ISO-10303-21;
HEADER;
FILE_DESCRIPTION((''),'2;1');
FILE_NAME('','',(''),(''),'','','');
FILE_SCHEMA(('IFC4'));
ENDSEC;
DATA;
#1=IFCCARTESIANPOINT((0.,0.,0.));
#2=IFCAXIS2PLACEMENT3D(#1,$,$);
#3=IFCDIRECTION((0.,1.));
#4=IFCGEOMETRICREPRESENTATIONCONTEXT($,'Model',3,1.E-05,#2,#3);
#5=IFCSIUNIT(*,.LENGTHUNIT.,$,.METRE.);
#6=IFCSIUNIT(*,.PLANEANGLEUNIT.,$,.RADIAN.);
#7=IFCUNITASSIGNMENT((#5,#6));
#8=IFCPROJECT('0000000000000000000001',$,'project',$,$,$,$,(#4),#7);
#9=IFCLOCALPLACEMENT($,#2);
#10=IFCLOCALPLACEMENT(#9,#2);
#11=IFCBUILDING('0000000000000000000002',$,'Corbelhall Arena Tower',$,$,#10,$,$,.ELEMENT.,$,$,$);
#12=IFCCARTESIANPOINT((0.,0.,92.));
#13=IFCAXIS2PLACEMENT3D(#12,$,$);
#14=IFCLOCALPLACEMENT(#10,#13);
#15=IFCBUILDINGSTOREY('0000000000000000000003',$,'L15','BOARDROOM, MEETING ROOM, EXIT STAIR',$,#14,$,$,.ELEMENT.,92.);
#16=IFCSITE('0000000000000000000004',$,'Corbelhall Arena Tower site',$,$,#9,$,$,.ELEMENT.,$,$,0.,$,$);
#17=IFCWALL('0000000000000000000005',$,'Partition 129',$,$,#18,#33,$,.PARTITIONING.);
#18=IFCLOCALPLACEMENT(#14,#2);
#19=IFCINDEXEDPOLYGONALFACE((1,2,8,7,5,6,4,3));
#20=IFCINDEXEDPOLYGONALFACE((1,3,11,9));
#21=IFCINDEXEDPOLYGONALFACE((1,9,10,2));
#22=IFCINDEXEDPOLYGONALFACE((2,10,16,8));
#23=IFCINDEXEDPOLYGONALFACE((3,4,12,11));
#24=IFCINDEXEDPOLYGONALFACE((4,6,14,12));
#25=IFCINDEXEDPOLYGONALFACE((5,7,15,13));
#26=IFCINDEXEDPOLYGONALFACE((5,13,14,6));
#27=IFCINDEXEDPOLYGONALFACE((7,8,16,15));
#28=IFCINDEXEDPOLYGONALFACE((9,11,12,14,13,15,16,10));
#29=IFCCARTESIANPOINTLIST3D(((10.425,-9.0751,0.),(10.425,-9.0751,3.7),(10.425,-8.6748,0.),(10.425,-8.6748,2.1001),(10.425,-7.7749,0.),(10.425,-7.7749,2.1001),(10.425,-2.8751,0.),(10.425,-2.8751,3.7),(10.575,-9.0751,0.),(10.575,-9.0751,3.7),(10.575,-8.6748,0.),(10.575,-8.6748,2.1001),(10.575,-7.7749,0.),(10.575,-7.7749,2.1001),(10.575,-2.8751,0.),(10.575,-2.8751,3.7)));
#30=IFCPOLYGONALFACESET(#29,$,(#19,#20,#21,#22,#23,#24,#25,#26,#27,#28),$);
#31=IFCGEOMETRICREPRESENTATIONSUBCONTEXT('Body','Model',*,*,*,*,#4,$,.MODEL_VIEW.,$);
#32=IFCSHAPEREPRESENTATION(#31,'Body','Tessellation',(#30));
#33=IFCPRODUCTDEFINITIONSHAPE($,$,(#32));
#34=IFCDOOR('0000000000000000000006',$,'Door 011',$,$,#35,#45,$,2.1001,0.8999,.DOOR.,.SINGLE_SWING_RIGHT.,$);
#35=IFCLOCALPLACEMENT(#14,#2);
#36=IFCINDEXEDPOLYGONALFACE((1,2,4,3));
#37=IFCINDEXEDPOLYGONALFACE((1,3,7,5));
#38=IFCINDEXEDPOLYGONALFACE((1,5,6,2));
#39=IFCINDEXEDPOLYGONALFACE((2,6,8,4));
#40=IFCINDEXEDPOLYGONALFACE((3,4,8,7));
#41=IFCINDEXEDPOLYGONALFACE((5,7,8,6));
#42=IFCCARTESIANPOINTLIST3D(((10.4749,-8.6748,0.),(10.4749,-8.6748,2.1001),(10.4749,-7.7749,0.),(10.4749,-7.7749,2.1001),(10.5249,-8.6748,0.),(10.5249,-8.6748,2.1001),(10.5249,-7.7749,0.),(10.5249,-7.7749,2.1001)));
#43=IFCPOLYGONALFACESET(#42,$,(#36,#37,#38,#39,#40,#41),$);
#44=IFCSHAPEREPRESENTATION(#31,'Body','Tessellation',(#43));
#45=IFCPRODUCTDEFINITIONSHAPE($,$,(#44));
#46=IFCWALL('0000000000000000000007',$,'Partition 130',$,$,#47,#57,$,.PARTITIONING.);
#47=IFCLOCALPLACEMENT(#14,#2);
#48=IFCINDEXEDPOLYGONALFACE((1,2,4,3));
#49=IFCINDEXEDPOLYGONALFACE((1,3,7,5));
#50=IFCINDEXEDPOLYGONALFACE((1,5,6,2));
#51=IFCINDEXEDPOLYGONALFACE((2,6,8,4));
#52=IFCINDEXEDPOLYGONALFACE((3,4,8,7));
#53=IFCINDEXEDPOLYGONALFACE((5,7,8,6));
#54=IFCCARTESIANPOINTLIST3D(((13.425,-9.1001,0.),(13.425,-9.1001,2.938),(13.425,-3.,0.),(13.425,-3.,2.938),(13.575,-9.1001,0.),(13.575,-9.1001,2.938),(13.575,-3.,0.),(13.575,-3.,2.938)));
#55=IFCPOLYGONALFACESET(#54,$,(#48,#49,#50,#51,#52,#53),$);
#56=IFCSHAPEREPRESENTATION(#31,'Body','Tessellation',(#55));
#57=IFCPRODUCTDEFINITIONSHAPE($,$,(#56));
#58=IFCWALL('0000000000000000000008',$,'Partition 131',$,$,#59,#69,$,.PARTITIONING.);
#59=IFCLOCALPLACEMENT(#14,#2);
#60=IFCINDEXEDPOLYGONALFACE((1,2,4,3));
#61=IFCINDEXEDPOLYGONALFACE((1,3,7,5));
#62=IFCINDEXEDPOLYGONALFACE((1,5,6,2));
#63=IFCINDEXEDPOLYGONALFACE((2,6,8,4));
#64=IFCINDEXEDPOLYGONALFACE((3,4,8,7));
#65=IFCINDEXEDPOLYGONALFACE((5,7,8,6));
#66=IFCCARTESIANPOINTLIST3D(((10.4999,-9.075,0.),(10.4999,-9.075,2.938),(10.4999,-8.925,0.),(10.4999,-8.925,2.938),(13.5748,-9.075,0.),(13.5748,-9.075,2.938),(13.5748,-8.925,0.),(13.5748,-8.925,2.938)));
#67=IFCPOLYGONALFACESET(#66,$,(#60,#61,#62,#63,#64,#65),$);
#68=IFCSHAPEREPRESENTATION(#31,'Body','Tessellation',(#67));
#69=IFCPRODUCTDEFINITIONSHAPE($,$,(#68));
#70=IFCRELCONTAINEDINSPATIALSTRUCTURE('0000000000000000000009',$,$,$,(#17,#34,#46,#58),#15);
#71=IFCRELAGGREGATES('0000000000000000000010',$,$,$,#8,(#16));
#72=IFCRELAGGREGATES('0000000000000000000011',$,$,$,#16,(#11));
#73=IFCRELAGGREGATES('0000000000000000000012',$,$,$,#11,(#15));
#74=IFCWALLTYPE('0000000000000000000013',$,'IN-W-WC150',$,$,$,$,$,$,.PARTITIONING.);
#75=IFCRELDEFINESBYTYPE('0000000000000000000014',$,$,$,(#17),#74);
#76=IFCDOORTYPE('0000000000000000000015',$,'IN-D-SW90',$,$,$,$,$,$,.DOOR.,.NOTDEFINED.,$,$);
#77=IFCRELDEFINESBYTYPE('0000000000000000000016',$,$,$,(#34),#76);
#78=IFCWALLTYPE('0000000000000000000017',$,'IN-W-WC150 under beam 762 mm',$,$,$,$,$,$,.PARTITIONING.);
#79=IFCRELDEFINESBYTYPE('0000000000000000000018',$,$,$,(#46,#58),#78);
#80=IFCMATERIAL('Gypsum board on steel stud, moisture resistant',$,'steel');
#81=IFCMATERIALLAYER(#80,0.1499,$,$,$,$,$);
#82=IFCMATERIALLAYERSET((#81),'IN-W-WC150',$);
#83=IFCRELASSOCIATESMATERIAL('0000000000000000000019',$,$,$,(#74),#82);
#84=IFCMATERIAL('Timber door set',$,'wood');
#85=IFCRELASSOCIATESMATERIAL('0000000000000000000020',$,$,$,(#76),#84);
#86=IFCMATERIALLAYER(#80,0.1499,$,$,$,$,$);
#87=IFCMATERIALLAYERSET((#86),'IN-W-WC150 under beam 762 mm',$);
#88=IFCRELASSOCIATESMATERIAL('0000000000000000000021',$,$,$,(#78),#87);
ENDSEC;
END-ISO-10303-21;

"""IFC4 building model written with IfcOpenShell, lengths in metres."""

from ifc_helpers import new_model, si_unit, direction, frame, frame_2d, origin, place, context, subcontext, project, spatial, rectangle, extrude, material, layer, layer_set, type_object, element, fill, save


model = new_model("IFC4")

# Units and contexts
model_context = context("Model", 3, precision=1e-05, world=origin(), true_north=direction((0.0, 1.0)))
body_context = subcontext(model_context, "Body", "Model", "MODEL_VIEW")
ifc_project = project(units=[si_unit("LENGTHUNIT", "METRE"), si_unit("PLANEANGLEUNIT", "RADIAN")], contexts=[model_context])

# Site, building, storey
site_placement = place(None, origin())
site = spatial("IfcSite", under=ifc_project, at=site_placement, Name="Corbelhall Arena Tower site", CompositionType="ELEMENT", RefElevation=0.0)
building_placement = place(site_placement, origin())
building = spatial("IfcBuilding", under=site, at=building_placement, Name="Corbelhall Arena Tower", CompositionType="ELEMENT")
storey_placement = place(building_placement, frame((0.0, 0.0, 92.0)))
storey = spatial("IfcBuildingStorey", under=building, at=storey_placement, Name="L15", Description="BOARDROOM, MEETING ROOM, EXIT STAIR", CompositionType="ELEMENT", Elevation=92.0)

# Wall, opening, door
ifc_material_1 = material(Name="Gypsum board on steel stud, moisture resistant", Category="steel")
ifc_layer_1 = layer(ifc_material_1, 0.1499)
ifc_layer_set_1 = layer_set([ifc_layer_1], Name="IN-W-WC150")
wall_type_1 = type_object("IfcWallType", Name="IN-W-WC150", PredefinedType="PARTITIONING", material=ifc_layer_set_1)
wall_1_placement = place(storey_placement, frame((10.5, -2.875, 0.0), z_axis=(0.0, 0.0, 1.0), x_axis=(0.0, -1.0, 0.0)))
wall_1 = element("IfcWall", 1, at=wall_1_placement, inside=storey, type_object=wall_type_1, Name="Partition 129", PredefinedType="PARTITIONING", context=body_context, shape_type="SweptSolid", body=[
    extrude(rectangle(XDim=6.2, YDim=0.1499, at=frame_2d((3.1001, 0.0))), origin(), (0.0, 0.0, 1.0), 3.7),
])
opening_1_placement = place(wall_1_placement, frame((4.8999, 0.0, 0.0)))
opening_1 = element("IfcOpeningElement", 2, at=opening_1_placement, cuts=wall_1, PredefinedType="OPENING", context=body_context, shape_type="SweptSolid", body=[
    extrude(rectangle(XDim=0.8999, YDim=2.1001, at=frame_2d((0.45, 1.05))), frame((0.0, 0.075, 0.0), z_axis=(0.0, -1.0, 0.0), x_axis=(1.0, 0.0, 0.0)), (0.0, 0.0, 1.0), 0.1499),
])
ifc_material_2 = material(Name="Timber door set", Category="wood")
door_type_1 = type_object("IfcDoorType", Name="IN-D-SW90", OperationType="NOTDEFINED", PredefinedType="DOOR", material=ifc_material_2)
door_1_placement = place(opening_1_placement, origin())
door_1 = element("IfcDoor", 3, at=door_1_placement, inside=storey, type_object=door_type_1, Name="Door 011", OperationType="SINGLE_SWING_RIGHT", OverallHeight=2.1001, OverallWidth=0.8999, PredefinedType="DOOR", context=body_context, shape_type="SweptSolid", body=[
    extrude(rectangle(XDim=0.8999, YDim=2.1001, at=frame_2d((0.45, 1.05))), frame((0.0, 0.0249, 0.0), z_axis=(0.0, -1.0, 0.0), x_axis=(1.0, 0.0, 0.0)), (0.0, 0.0, 1.0), 0.05),
])
fill(opening_1, door_1)

# Walls
ifc_layer_2 = layer(ifc_material_1, 0.1499)
ifc_layer_set_2 = layer_set([ifc_layer_2], Name="IN-W-WC150 under beam 762 mm")
wall_type_2 = type_object("IfcWallType", Name="IN-W-WC150 under beam 762 mm", PredefinedType="PARTITIONING", material=ifc_layer_set_2)
wall_2_placement = place(storey_placement, frame((13.5, -3.0, 0.0), z_axis=(0.0, 0.0, 1.0), x_axis=(0.0, -1.0, 0.0)))
element("IfcWall", 4, at=wall_2_placement, inside=storey, type_object=wall_type_2, Name="Partition 130", PredefinedType="PARTITIONING", context=body_context, shape_type="SweptSolid", body=[
    extrude(rectangle(XDim=6.1001, YDim=0.1499, at=frame_2d((3.05, 0.0))), origin(), (0.0, 0.0, 1.0), 2.938),
])
wall_3_placement = place(storey_placement, frame((13.575, -9.0, 0.0), z_axis=(0.0, 0.0, 1.0), x_axis=(-1.0, 0.0, 0.0)))
element("IfcWall", 5, at=wall_3_placement, inside=storey, type_object=wall_type_2, Name="Partition 131", PredefinedType="PARTITIONING", context=body_context, shape_type="SweptSolid", body=[
    extrude(rectangle(XDim=3.075, YDim=0.1499, at=frame_2d((1.5376, 0.0))), origin(), (0.0, 0.0, 1.0), 2.938),
])

save(model, "model.ifc")
